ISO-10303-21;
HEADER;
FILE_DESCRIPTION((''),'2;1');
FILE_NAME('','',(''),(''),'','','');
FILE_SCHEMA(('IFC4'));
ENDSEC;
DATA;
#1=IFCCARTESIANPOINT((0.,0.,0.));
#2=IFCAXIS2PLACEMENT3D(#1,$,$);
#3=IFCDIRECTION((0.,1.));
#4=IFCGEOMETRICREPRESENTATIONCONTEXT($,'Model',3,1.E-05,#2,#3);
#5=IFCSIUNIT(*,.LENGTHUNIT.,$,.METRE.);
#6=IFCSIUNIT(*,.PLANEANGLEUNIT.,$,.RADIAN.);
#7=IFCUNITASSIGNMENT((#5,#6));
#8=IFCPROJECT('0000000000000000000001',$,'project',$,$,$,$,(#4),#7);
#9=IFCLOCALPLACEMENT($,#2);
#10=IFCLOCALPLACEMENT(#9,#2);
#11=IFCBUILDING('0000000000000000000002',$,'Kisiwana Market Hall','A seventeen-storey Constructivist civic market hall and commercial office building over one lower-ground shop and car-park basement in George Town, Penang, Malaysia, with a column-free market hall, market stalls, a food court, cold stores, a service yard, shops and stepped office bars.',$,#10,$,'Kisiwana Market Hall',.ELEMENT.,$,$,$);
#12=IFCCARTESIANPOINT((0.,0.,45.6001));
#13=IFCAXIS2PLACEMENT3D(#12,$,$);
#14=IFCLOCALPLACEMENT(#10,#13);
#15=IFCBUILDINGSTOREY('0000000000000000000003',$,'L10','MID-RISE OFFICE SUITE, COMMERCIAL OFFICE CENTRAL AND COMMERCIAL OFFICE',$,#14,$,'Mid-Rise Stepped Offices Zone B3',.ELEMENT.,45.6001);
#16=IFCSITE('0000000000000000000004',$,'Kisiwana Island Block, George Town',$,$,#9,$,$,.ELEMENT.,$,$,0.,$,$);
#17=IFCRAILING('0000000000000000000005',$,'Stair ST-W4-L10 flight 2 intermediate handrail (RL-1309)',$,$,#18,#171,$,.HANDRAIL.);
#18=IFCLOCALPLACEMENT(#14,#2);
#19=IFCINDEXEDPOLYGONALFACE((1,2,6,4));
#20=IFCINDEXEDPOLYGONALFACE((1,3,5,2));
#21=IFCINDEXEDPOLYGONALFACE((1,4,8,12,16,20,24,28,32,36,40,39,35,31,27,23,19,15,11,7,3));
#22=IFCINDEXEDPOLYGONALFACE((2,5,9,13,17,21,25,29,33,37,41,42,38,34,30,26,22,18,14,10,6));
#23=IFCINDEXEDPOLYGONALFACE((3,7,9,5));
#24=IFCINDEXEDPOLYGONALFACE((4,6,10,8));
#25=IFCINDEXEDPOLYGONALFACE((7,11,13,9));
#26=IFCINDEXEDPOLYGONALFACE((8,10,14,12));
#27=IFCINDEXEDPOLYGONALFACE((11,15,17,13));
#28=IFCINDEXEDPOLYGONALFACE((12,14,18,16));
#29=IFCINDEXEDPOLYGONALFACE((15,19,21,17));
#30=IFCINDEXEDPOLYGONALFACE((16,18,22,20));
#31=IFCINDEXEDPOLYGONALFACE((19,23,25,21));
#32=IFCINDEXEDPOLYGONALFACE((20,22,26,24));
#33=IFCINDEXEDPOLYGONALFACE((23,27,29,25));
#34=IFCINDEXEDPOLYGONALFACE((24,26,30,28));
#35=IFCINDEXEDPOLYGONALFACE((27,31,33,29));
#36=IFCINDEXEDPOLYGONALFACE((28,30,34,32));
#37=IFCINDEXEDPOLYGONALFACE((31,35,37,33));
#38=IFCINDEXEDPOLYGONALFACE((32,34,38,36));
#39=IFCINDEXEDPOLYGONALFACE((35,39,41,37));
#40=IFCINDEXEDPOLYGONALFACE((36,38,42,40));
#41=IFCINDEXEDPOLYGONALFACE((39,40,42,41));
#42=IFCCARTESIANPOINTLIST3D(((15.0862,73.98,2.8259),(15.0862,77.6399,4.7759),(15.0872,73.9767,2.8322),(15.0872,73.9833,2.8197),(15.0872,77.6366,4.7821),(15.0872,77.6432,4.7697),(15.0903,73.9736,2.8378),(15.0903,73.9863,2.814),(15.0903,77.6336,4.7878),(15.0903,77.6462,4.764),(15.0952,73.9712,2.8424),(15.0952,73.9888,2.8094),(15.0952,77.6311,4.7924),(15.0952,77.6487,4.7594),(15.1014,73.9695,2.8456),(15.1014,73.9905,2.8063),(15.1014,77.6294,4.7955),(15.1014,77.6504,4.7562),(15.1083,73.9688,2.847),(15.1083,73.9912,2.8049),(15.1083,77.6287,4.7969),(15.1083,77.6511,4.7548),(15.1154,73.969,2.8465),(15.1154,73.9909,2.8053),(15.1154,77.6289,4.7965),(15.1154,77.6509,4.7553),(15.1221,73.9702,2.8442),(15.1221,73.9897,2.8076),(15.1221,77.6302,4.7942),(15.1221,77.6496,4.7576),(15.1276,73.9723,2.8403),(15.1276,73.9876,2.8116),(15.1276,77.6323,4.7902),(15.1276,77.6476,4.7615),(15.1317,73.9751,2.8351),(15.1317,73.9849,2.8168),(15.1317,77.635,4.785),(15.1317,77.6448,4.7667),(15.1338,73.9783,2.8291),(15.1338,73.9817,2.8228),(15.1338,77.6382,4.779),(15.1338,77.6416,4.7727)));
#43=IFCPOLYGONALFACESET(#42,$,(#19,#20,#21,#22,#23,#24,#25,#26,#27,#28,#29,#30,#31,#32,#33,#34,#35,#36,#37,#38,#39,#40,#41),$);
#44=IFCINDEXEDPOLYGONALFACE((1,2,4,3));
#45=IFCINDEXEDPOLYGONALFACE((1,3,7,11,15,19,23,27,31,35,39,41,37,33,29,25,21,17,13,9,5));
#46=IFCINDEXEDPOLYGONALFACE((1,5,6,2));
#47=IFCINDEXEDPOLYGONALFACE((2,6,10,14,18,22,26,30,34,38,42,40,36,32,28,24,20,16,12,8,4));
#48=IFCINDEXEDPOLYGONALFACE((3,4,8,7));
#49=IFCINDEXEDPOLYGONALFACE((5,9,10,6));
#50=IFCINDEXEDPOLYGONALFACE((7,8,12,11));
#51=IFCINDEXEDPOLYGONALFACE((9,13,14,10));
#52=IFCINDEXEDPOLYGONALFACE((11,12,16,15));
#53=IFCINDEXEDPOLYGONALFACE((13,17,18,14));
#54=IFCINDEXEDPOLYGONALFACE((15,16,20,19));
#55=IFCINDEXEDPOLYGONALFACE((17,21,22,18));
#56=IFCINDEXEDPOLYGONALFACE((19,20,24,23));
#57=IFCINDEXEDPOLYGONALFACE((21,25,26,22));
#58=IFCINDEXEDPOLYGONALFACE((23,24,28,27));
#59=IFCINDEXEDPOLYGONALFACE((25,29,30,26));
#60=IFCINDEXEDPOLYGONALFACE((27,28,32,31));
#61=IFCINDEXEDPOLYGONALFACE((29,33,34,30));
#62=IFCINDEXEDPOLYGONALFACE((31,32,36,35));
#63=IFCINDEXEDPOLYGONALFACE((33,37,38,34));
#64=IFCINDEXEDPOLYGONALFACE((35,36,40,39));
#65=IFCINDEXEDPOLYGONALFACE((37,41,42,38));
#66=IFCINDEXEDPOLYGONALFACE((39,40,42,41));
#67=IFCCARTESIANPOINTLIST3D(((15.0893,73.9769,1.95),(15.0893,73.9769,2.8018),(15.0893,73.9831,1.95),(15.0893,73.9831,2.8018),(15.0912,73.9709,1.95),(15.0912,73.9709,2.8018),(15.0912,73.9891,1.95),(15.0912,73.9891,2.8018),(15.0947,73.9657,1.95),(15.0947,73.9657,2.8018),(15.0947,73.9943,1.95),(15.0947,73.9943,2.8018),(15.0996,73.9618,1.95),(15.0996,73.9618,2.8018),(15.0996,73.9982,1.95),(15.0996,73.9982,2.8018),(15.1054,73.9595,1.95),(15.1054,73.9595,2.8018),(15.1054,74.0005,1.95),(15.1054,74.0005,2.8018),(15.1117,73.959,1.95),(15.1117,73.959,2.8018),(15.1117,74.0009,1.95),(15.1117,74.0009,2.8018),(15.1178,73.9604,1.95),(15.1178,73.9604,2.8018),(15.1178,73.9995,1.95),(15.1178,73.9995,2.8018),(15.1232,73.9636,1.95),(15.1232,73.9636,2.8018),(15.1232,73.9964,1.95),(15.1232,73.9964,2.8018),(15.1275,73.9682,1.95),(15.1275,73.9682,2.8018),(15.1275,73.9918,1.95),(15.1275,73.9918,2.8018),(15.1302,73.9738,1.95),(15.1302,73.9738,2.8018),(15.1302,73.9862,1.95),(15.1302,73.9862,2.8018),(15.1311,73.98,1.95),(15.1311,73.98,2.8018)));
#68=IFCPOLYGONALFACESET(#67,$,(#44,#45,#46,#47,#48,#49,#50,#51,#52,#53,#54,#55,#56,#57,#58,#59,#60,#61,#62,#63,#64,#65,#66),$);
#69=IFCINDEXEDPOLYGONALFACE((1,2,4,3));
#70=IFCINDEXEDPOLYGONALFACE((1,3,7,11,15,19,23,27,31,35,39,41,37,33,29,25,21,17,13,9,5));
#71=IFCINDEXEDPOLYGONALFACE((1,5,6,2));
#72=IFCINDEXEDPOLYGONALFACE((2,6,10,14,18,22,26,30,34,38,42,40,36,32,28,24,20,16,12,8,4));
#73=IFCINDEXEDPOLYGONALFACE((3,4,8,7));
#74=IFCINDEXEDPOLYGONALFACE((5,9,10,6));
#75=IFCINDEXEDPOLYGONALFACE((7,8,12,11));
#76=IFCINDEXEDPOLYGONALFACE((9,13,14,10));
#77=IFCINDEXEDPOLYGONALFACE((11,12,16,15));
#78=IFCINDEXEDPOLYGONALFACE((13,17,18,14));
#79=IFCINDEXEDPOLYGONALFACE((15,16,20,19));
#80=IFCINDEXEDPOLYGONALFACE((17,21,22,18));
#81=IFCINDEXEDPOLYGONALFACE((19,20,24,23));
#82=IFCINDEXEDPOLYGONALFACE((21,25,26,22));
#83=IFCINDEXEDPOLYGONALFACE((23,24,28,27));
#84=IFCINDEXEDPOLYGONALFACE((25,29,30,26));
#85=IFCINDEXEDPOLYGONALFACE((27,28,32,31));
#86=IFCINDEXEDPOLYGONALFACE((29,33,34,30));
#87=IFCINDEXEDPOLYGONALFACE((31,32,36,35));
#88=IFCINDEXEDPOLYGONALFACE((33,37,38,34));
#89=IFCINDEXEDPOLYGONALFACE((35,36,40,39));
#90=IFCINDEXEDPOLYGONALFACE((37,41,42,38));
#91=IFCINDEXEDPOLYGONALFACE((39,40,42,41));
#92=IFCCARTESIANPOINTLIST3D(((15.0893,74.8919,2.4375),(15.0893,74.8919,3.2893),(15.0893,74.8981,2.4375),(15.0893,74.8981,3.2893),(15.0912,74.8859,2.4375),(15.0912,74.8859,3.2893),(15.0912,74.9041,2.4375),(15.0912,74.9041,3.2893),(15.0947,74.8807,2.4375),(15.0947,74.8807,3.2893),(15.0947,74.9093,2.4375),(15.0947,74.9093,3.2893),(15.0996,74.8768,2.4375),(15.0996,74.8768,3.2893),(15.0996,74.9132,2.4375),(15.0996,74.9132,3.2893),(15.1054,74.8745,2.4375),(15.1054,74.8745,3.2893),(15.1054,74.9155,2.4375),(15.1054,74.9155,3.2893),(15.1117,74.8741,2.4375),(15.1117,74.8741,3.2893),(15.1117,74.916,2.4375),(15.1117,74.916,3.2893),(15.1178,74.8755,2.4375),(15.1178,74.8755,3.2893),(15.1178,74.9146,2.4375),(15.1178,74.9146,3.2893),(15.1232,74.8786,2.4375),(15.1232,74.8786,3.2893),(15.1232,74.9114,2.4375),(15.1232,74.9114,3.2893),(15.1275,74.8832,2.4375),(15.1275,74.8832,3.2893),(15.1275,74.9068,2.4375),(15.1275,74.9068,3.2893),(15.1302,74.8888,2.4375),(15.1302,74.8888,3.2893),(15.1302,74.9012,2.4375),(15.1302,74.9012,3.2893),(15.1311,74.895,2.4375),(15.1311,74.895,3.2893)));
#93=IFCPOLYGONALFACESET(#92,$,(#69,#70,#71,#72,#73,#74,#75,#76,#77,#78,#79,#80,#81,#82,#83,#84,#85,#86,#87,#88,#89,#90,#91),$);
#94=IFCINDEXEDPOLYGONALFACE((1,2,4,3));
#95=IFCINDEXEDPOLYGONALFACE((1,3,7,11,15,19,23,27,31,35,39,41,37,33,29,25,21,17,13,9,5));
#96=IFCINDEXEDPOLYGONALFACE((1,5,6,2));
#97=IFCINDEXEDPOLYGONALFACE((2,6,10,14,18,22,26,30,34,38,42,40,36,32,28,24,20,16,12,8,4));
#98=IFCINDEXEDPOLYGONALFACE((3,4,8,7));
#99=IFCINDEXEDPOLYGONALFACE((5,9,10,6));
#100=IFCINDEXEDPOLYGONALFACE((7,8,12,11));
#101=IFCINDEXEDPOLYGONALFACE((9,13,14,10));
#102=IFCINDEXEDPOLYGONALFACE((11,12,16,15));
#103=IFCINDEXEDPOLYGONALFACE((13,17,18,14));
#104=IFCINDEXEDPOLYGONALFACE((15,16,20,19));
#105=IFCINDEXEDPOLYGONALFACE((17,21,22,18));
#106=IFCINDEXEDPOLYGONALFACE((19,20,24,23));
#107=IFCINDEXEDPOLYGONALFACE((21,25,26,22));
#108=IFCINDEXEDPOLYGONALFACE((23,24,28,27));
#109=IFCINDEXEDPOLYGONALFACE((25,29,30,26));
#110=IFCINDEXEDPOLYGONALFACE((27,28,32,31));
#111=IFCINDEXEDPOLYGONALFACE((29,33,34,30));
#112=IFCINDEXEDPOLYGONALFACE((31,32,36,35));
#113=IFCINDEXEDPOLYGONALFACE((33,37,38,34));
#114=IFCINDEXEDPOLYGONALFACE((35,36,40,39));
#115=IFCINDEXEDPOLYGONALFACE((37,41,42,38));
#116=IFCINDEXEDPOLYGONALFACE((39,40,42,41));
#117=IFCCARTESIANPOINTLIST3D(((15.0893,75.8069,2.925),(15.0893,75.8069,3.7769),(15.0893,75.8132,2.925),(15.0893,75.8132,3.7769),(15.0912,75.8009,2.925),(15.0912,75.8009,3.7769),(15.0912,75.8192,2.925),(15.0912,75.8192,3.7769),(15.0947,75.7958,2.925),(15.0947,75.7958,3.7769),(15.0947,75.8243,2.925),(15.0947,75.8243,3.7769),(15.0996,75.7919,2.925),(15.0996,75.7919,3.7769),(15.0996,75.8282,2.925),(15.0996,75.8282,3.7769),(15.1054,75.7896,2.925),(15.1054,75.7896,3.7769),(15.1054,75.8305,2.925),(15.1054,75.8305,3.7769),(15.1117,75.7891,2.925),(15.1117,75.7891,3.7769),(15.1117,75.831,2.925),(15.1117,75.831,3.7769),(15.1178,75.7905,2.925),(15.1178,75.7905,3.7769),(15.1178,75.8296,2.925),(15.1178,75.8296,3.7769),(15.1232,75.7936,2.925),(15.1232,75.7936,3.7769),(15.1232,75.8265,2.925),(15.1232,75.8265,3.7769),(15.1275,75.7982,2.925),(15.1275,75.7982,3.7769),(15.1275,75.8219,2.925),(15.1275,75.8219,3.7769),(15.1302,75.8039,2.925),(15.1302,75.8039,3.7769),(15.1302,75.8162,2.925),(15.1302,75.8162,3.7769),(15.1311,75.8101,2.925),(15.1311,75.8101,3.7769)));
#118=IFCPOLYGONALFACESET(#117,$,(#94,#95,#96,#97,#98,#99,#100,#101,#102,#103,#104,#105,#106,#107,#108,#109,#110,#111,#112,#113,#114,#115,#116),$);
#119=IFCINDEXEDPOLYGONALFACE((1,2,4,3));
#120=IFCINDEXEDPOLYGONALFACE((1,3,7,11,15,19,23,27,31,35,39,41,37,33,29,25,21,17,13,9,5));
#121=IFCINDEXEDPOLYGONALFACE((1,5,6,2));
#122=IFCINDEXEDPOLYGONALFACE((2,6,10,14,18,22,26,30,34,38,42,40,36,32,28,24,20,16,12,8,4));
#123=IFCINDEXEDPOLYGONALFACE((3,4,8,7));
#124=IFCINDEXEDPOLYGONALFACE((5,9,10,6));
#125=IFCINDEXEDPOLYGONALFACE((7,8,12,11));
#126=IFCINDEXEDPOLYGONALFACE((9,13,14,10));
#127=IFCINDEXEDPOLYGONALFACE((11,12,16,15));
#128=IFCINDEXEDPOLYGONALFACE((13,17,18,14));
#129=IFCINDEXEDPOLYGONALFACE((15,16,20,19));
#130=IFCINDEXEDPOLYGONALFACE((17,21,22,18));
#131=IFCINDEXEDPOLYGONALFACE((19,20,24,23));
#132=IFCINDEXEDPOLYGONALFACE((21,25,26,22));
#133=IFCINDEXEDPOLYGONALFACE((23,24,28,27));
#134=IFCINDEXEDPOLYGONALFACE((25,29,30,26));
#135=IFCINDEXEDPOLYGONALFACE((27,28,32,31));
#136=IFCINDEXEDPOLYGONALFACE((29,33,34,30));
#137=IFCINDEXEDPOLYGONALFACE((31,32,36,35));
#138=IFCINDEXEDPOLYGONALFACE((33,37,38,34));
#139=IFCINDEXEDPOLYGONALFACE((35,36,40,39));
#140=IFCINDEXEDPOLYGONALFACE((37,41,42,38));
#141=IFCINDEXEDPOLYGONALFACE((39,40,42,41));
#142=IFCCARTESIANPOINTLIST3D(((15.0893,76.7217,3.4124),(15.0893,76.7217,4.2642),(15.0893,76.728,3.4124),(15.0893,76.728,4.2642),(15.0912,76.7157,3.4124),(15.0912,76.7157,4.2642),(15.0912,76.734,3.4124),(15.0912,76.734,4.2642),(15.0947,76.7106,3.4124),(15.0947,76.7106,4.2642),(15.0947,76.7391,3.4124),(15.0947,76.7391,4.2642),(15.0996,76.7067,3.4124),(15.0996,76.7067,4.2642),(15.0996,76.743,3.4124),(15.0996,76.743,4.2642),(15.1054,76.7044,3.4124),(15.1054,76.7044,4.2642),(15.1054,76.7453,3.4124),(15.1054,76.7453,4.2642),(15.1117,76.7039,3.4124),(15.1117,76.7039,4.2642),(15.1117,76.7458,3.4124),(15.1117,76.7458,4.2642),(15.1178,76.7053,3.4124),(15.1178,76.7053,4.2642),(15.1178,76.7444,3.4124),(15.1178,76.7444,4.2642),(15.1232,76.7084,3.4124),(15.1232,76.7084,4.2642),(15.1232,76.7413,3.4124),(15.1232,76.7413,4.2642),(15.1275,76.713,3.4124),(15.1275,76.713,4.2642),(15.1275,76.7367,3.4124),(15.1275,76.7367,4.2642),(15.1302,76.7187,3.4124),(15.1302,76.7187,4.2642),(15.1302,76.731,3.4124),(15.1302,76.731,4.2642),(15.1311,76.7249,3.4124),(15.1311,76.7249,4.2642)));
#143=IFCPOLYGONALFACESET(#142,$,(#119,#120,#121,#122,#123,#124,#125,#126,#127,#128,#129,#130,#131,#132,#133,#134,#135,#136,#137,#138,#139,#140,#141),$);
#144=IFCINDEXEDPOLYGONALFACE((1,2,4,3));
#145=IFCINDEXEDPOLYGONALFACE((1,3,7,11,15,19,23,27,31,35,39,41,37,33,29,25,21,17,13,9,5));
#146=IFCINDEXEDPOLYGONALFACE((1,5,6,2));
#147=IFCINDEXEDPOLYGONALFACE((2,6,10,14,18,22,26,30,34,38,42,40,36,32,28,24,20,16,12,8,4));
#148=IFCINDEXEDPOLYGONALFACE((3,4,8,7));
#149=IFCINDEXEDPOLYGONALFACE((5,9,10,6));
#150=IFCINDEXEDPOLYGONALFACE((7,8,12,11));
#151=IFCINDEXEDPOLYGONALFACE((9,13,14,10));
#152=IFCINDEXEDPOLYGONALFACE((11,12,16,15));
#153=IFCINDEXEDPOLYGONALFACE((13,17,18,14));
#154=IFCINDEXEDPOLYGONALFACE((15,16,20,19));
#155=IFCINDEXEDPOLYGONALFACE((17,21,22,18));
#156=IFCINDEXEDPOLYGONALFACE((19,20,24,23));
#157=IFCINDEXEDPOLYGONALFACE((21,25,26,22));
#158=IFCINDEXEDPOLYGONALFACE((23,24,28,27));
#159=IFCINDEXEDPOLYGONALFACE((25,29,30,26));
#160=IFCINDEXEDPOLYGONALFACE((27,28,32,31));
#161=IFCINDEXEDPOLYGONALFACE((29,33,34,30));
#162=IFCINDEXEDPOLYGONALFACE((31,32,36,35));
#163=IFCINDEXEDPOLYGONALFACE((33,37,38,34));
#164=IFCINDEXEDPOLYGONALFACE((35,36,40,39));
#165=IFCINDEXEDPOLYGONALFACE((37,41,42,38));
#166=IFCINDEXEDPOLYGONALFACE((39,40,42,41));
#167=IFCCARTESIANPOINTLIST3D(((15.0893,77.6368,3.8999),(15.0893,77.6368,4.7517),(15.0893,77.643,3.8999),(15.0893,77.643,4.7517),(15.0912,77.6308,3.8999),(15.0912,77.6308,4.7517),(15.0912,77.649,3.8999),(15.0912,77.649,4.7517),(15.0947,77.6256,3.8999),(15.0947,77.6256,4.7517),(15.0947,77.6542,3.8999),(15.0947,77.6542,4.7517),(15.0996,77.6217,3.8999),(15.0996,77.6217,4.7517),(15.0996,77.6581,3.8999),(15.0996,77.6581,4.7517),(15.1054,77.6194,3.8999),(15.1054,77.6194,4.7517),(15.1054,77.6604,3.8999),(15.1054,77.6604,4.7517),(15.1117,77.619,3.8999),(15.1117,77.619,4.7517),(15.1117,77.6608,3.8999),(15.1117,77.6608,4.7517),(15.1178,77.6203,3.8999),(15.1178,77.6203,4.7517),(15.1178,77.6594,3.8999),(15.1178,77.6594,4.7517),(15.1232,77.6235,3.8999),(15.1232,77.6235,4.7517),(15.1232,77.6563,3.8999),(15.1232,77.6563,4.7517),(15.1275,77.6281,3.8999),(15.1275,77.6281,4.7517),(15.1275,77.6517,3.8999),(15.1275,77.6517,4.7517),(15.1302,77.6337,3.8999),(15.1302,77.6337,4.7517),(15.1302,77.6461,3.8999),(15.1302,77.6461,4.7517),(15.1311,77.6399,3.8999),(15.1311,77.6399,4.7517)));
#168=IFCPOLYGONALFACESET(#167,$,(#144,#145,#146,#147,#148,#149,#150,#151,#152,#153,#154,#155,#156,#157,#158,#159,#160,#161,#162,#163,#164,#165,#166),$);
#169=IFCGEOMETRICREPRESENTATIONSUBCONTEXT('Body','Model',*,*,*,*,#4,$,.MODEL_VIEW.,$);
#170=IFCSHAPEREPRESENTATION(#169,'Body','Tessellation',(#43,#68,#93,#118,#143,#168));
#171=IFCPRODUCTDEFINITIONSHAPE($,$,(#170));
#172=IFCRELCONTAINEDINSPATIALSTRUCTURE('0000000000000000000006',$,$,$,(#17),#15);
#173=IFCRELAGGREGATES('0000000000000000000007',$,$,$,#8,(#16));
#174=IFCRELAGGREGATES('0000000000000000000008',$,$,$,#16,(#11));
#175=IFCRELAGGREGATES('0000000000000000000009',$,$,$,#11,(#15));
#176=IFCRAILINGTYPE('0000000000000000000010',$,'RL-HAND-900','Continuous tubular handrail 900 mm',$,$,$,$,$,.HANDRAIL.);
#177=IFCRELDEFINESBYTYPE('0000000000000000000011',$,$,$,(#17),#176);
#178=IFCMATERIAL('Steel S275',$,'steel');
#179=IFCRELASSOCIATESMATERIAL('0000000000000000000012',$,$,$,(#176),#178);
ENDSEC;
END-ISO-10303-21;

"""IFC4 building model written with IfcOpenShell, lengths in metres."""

from ifc_helpers import new_model, si_unit, direction, frame, origin, origin_2d, place, context, subcontext, project, spatial, circle, extrude, material, type_object, element, save


model = new_model("IFC4")

# Units and contexts
model_context = context("Model", 3, precision=1e-05, world=origin(), true_north=direction((0.0, 1.0)))
body_context = subcontext(model_context, "Body", "Model", "MODEL_VIEW")
ifc_project = project(units=[si_unit("LENGTHUNIT", "METRE"), si_unit("PLANEANGLEUNIT", "RADIAN")], contexts=[model_context])

# Site, building, storey
site_placement = place(None, origin())
site = spatial("IfcSite", under=ifc_project, at=site_placement, Name="Kisiwana Island Block, George Town", CompositionType="ELEMENT", RefElevation=0.0)
building_placement = place(site_placement, origin())
building = spatial("IfcBuilding", under=site, at=building_placement, Name="Kisiwana Market Hall", Description="A seventeen-storey Constructivist civic market hall and commercial office building over one lower-ground shop and car-park basement in George Town, Penang, Malaysia, with a column-free market hall, market stalls, a food court, cold stores, a service yard, shops and stepped office bars.", LongName="Kisiwana Market Hall", CompositionType="ELEMENT")
storey_placement = place(building_placement, frame((0.0, 0.0, 45.6001)))
storey = spatial("IfcBuildingStorey", under=building, at=storey_placement, Name="L10", Description="MID-RISE OFFICE SUITE, COMMERCIAL OFFICE CENTRAL AND COMMERCIAL OFFICE", LongName="Mid-Rise Stepped Offices Zone B3", CompositionType="ELEMENT", Elevation=45.6001)

# Railing
ifc_material_1 = material(Name="Steel S275", Category="steel")
railing_type_1 = type_object("IfcRailingType", Name="RL-HAND-900", Description="Continuous tubular handrail 900 mm", PredefinedType="HANDRAIL", material=ifc_material_1)
for number, where, name in (
    (1, (15.1101, 73.98, 1.95), "Stair ST-W4-L10 flight 2 intermediate handrail (RL-1309)"),
):
    element("IfcRailing", number, at=place(storey_placement, frame(where)), inside=storey, type_object=railing_type_1, Name=name, PredefinedType="HANDRAIL", context=body_context, shape_type="SweptSolid", body=[
        extrude(circle(Radius=0.0239, at=origin_2d()), frame((0.0, 0.0, 0.876), z_axis=(0.0, 0.882553, 0.470212), x_axis=(-1.0, 0.0, 0.0)), (0.0, 0.0, 1.0), 4.147),
        extrude(circle(Radius=0.021, at=origin_2d()), origin(), (0.0, 0.0, 1.0), 0.8518),
        extrude(circle(Radius=0.021, at=origin_2d()), frame((0.0, 0.915, 0.4875)), (0.0, 0.0, 1.0), 0.8518),
        extrude(circle(Radius=0.021, at=origin_2d()), frame((0.0, 1.8301, 0.9751)), (0.0, 0.0, 1.0), 0.8518),
        extrude(circle(Radius=0.021, at=origin_2d()), frame((0.0, 2.7449, 1.4624)), (0.0, 0.0, 1.0), 0.8518),
        extrude(circle(Radius=0.021, at=origin_2d()), frame((0.0, 3.6599, 1.95)), (0.0, 0.0, 1.0), 0.8518),
    ])

save(model, "model.ifc")
